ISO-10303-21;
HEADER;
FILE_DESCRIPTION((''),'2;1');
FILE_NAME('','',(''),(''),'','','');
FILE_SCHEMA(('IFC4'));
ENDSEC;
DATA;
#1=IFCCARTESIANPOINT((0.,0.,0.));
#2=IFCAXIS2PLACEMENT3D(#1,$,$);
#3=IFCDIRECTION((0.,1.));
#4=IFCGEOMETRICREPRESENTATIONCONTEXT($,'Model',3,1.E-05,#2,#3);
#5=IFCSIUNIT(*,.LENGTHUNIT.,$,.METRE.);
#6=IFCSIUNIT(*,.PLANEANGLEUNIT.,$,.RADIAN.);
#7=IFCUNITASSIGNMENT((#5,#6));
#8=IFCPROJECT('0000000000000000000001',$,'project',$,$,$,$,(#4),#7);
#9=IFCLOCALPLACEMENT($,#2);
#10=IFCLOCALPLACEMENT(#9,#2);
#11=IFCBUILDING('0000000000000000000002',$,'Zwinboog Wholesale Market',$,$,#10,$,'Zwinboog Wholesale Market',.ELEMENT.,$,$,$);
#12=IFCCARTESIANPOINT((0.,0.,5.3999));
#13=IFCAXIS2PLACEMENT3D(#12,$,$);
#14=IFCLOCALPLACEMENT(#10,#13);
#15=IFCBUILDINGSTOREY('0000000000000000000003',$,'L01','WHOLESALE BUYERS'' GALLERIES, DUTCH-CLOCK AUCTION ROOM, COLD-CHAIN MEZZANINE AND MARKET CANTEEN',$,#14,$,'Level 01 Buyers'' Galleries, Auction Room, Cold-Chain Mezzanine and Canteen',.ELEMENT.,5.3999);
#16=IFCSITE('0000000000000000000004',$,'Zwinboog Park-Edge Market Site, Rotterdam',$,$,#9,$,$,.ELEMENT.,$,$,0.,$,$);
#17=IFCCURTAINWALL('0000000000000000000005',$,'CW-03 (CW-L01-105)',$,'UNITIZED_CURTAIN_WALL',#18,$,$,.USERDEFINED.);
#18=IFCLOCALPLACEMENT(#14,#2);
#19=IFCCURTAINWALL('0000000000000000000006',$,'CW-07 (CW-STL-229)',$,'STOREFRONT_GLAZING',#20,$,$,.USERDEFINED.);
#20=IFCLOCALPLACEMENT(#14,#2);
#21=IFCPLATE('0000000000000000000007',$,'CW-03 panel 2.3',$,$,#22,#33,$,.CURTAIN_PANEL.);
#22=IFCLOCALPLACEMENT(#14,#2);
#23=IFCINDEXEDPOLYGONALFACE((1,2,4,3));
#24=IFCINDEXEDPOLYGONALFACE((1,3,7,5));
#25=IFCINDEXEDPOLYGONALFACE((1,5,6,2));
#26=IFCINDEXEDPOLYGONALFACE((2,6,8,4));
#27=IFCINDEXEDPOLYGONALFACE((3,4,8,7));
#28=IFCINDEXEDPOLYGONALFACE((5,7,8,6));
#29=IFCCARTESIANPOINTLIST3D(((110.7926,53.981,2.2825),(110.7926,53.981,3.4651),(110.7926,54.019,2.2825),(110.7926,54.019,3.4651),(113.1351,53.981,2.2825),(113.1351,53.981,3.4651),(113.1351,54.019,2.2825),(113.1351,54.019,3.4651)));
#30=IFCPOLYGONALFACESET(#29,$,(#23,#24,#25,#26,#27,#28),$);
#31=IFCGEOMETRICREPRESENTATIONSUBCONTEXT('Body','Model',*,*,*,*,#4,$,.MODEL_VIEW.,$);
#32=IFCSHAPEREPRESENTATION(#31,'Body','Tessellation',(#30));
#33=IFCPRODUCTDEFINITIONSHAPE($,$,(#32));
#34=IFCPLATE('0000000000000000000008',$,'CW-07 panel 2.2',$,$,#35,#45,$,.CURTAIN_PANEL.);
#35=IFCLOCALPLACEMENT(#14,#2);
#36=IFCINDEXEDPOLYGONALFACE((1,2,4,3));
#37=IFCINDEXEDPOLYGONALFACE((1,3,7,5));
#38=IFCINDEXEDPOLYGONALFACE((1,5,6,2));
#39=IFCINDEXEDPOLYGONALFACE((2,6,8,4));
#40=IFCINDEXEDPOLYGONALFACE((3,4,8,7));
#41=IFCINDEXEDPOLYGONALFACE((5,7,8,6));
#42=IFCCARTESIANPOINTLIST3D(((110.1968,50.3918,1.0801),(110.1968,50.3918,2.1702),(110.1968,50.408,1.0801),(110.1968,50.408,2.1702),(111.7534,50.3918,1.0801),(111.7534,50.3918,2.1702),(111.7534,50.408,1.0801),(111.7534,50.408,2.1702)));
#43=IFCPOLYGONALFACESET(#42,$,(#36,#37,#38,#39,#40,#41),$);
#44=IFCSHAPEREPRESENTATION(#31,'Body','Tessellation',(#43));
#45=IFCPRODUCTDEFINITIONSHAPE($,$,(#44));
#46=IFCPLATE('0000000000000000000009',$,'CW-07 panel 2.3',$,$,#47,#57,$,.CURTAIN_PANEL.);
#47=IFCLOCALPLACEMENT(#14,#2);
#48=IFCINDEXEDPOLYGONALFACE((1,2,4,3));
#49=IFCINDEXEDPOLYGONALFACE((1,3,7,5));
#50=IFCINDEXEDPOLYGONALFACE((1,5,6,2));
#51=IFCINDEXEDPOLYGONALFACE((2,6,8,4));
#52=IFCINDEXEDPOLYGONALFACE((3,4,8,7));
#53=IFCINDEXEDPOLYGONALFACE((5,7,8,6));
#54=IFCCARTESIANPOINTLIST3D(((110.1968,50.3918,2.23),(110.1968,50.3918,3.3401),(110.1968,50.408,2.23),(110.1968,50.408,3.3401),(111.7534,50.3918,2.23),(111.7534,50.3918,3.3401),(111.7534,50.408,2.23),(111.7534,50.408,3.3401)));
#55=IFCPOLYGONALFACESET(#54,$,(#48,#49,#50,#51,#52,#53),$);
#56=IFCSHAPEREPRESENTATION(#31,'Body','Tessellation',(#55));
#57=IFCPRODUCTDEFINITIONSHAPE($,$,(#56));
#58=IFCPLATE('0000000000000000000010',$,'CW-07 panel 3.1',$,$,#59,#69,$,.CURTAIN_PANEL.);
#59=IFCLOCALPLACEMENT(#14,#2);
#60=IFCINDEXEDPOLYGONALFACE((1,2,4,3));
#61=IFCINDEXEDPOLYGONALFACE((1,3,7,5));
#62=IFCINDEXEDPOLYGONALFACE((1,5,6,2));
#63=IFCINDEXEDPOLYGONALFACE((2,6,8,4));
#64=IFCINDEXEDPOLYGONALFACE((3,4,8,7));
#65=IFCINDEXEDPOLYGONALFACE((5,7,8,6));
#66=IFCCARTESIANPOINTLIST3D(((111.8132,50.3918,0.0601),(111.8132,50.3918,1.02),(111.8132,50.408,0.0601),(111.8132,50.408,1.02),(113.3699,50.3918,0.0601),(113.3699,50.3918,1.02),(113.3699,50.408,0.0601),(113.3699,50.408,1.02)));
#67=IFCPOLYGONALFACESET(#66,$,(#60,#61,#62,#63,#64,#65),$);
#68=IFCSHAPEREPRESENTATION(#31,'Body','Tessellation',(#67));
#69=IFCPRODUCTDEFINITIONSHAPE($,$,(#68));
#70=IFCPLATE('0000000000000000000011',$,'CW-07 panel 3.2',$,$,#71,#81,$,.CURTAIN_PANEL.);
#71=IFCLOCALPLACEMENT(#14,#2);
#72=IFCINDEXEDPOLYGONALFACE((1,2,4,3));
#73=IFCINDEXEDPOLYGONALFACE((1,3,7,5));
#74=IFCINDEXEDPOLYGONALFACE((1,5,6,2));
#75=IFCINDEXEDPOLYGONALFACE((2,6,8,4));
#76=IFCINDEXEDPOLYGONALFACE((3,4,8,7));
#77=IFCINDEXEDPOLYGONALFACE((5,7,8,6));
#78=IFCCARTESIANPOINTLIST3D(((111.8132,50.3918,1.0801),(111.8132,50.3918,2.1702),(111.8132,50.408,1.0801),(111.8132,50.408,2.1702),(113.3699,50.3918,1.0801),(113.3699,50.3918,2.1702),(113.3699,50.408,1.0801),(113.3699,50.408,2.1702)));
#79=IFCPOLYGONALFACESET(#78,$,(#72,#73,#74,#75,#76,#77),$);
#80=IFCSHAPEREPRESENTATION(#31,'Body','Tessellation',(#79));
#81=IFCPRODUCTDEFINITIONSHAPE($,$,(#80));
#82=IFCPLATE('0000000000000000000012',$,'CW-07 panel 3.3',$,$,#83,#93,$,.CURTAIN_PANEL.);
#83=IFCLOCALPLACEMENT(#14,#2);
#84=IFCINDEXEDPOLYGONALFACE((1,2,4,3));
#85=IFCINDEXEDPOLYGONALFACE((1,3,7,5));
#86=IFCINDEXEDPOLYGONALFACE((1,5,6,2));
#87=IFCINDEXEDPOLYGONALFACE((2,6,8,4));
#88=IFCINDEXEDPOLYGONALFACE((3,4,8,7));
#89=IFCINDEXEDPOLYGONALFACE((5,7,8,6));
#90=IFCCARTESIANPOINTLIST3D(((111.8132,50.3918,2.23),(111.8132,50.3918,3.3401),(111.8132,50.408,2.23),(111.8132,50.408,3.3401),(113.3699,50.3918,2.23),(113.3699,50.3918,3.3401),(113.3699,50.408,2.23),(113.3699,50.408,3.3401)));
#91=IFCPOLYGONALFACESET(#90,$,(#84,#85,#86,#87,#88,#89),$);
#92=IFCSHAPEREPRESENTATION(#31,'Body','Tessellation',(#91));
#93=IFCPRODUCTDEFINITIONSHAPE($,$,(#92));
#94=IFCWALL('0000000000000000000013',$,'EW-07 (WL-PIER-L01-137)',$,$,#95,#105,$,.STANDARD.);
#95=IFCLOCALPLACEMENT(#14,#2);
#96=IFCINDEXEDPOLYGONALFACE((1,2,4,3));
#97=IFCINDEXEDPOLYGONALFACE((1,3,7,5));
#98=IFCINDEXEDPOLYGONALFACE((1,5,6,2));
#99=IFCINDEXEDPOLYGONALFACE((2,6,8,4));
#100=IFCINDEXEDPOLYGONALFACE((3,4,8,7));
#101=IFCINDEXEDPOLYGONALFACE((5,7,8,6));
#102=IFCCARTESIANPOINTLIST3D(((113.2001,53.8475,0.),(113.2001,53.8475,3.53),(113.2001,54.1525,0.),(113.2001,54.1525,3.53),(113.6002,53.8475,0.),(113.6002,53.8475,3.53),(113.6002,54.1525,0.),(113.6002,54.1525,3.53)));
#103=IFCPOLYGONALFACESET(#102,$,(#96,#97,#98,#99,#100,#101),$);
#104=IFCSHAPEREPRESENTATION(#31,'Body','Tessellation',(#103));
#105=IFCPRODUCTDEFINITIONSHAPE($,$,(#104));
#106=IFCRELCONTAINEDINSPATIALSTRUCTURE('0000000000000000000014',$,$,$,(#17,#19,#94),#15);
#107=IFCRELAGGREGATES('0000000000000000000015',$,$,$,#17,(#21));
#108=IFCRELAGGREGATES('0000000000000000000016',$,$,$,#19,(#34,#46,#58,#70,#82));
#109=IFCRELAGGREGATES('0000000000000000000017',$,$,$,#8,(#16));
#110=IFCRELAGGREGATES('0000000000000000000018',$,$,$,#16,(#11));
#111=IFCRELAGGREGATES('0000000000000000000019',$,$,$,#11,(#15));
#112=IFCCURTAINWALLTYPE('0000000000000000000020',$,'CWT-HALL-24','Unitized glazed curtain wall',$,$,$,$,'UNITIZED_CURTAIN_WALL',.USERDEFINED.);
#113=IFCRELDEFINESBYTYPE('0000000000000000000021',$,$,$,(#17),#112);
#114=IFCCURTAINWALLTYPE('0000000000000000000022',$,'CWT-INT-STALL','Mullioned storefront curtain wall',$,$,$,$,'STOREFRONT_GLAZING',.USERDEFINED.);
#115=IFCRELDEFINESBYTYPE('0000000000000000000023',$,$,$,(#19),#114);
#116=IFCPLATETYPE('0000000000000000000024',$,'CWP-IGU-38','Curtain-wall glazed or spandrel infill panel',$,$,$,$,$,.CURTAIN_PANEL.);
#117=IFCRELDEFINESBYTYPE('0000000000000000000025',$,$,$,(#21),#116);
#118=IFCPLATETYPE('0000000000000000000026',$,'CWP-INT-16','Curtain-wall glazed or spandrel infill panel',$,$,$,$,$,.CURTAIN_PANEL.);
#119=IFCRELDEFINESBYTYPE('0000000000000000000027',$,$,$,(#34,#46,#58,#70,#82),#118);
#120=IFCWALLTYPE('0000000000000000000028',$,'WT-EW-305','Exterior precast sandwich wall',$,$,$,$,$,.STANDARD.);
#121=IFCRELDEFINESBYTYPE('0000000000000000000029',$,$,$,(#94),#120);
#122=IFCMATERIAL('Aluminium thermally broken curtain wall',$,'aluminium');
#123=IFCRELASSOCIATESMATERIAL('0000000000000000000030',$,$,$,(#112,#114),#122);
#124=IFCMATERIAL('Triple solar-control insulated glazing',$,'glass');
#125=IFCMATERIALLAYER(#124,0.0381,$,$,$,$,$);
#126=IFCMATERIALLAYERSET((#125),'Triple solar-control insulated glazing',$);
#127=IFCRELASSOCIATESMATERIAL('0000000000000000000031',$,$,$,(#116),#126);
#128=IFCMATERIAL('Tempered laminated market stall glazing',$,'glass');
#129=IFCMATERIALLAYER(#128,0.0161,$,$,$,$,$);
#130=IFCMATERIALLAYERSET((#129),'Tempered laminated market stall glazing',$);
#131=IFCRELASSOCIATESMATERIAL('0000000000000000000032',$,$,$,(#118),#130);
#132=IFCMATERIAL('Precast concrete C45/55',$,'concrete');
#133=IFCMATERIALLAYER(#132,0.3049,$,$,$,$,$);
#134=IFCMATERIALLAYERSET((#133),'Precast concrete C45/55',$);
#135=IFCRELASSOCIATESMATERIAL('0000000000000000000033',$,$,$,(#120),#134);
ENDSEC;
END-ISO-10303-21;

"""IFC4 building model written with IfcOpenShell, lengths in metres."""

from ifc_helpers import new_model, si_unit, direction, frame, frame_2d, origin, origin_2d, place, context, subcontext, project, spatial, rectangle, extrude, material, layer, layer_set, type_object, element, aggregate, save


model = new_model("IFC4")

# Units and contexts
model_context = context("Model", 3, precision=1e-05, world=origin(), true_north=direction((0.0, 1.0)))
body_context = subcontext(model_context, "Body", "Model", "MODEL_VIEW")
ifc_project = project(units=[si_unit("LENGTHUNIT", "METRE"), si_unit("PLANEANGLEUNIT", "RADIAN")], contexts=[model_context])

# Site, building, storey
site_placement = place(None, origin())
site = spatial("IfcSite", under=ifc_project, at=site_placement, Name="Zwinboog Park-Edge Market Site, Rotterdam", CompositionType="ELEMENT", RefElevation=0.0)
building_placement = place(site_placement, origin())
building = spatial("IfcBuilding", under=site, at=building_placement, Name="Zwinboog Wholesale Market", LongName="Zwinboog Wholesale Market", CompositionType="ELEMENT")
storey_placement = place(building_placement, frame((0.0, 0.0, 5.3999)))
storey = spatial("IfcBuildingStorey", under=building, at=storey_placement, Name="L01", Description="WHOLESALE BUYERS' GALLERIES, DUTCH-CLOCK AUCTION ROOM, COLD-CHAIN MEZZANINE AND MARKET CANTEEN", LongName="Level 01 Buyers' Galleries, Auction Room, Cold-Chain Mezzanine and Canteen", CompositionType="ELEMENT", Elevation=5.3999)

# Curtain wall
ifc_material_1 = material(Name="Aluminium thermally broken curtain wall", Category="aluminium")
curtain_wall_type_1 = type_object("IfcCurtainWallType", Name="CWT-HALL-24", Description="Unitized glazed curtain wall", ElementType="UNITIZED_CURTAIN_WALL", PredefinedType="USERDEFINED", material=ifc_material_1)
curtain_wall_1_placement = place(storey_placement, origin())
curtain_wall_1 = element("IfcCurtainWall", 1, at=curtain_wall_1_placement, inside=storey, type_object=curtain_wall_type_1, Name="CW-03 (CW-L01-105)", ObjectType="UNITIZED_CURTAIN_WALL", PredefinedType="USERDEFINED")

# Curtain wall
curtain_wall_type_2 = type_object("IfcCurtainWallType", Name="CWT-INT-STALL", Description="Mullioned storefront curtain wall", ElementType="STOREFRONT_GLAZING", PredefinedType="USERDEFINED", material=ifc_material_1)
curtain_wall_2_placement = place(storey_placement, origin())
curtain_wall_2 = element("IfcCurtainWall", 2, at=curtain_wall_2_placement, inside=storey, type_object=curtain_wall_type_2, Name="CW-07 (CW-STL-229)", ObjectType="STOREFRONT_GLAZING", PredefinedType="USERDEFINED")

# Plates
ifc_material_2 = material(Name="Triple solar-control insulated glazing", Category="glass")
ifc_layer_1 = layer(ifc_material_2, 0.0381)
ifc_layer_set_1 = layer_set([ifc_layer_1], Name="Triple solar-control insulated glazing")
plate_type_1 = type_object("IfcPlateType", Name="CWP-IGU-38", Description="Curtain-wall glazed or spandrel infill panel", PredefinedType="CURTAIN_PANEL", material=ifc_layer_set_1)
plate_1_placement = place(storey_placement, frame((111.9639, 54.0, 2.2825), z_axis=(0.0, 0.0, 1.0), x_axis=(1.0, 0.0, 0.0)))
plate_1 = element("IfcPlate", 3, at=plate_1_placement, type_object=plate_type_1, Name="CW-03 panel 2.3", PredefinedType="CURTAIN_PANEL", context=body_context, shape_type="SweptSolid", body=[
    extrude(rectangle(XDim=2.3425, YDim=0.0381, at=origin_2d()), origin(), (0.0, 0.0, 1.0), 1.1826),
])
aggregate(curtain_wall_1, [plate_1])
ifc_material_3 = material(Name="Tempered laminated market stall glazing", Category="glass")
ifc_layer_2 = layer(ifc_material_3, 0.0161)
ifc_layer_set_2 = layer_set([ifc_layer_2], Name="Tempered laminated market stall glazing")
plate_type_2 = type_object("IfcPlateType", Name="CWP-INT-16", Description="Curtain-wall glazed or spandrel infill panel", PredefinedType="CURTAIN_PANEL", material=ifc_layer_set_2)
plate_2_placement = place(storey_placement, frame((110.9751, 50.3999, 1.0801), z_axis=(0.0, 0.0, 1.0), x_axis=(1.0, 0.0, 0.0)))
plate_2 = element("IfcPlate", 4, at=plate_2_placement, type_object=plate_type_2, Name="CW-07 panel 2.2", PredefinedType="CURTAIN_PANEL", context=body_context, shape_type="SweptSolid", body=[
    extrude(rectangle(XDim=1.5566, YDim=0.0161, at=origin_2d()), origin(), (0.0, 0.0, 1.0), 1.0901),
])
plate_3_placement = place(storey_placement, frame((110.9751, 50.3999, 2.23), z_axis=(0.0, 0.0, 1.0), x_axis=(1.0, 0.0, 0.0)))
plate_3 = element("IfcPlate", 5, at=plate_3_placement, type_object=plate_type_2, Name="CW-07 panel 2.3", PredefinedType="CURTAIN_PANEL", context=body_context, shape_type="SweptSolid", body=[
    extrude(rectangle(XDim=1.5566, YDim=0.0161, at=origin_2d()), origin(), (0.0, 0.0, 1.0), 1.1101),
])
plate_4_placement = place(storey_placement, frame((112.5916, 50.3999, 0.0601), z_axis=(0.0, 0.0, 1.0), x_axis=(1.0, 0.0, 0.0)))
plate_4 = element("IfcPlate", 6, at=plate_4_placement, type_object=plate_type_2, Name="CW-07 panel 3.1", PredefinedType="CURTAIN_PANEL", context=body_context, shape_type="SweptSolid", body=[
    extrude(rectangle(XDim=1.5566, YDim=0.0161, at=origin_2d()), origin(), (0.0, 0.0, 1.0), 0.96),
])
plate_5_placement = place(storey_placement, frame((112.5916, 50.3999, 1.0801), z_axis=(0.0, 0.0, 1.0), x_axis=(1.0, 0.0, 0.0)))
plate_5 = element("IfcPlate", 7, at=plate_5_placement, type_object=plate_type_2, Name="CW-07 panel 3.2", PredefinedType="CURTAIN_PANEL", context=body_context, shape_type="SweptSolid", body=[
    extrude(rectangle(XDim=1.5566, YDim=0.0161, at=origin_2d()), origin(), (0.0, 0.0, 1.0), 1.0901),
])
plate_6_placement = place(storey_placement, frame((112.5916, 50.3999, 2.23), z_axis=(0.0, 0.0, 1.0), x_axis=(1.0, 0.0, 0.0)))
plate_6 = element("IfcPlate", 8, at=plate_6_placement, type_object=plate_type_2, Name="CW-07 panel 3.3", PredefinedType="CURTAIN_PANEL", context=body_context, shape_type="SweptSolid", body=[
    extrude(rectangle(XDim=1.5566, YDim=0.0161, at=origin_2d()), origin(), (0.0, 0.0, 1.0), 1.1101),
])
aggregate(curtain_wall_2, [plate_2, plate_3, plate_4, plate_5, plate_6])

# Wall
ifc_material_4 = material(Name="Precast concrete C45/55", Category="concrete")
ifc_layer_3 = layer(ifc_material_4, 0.3049)
ifc_layer_set_3 = layer_set([ifc_layer_3], Name="Precast concrete C45/55")
wall_type = type_object("IfcWallType", Name="WT-EW-305", Description="Exterior precast sandwich wall", PredefinedType="STANDARD", material=ifc_layer_set_3)
wall_placement = place(storey_placement, frame((113.2, 54.0, 0.0), z_axis=(0.0, 0.0, 1.0), x_axis=(1.0, 0.0, 0.0)))
element("IfcWall", 9, at=wall_placement, inside=storey, type_object=wall_type, Name="EW-07 (WL-PIER-L01-137)", PredefinedType="STANDARD", context=body_context, shape_type="SweptSolid", body=[
    extrude(rectangle(XDim=0.4001, YDim=0.3049, at=frame_2d((0.2002, 0.0))), origin(), (0.0, 0.0, 1.0), 3.53),
])

save(model, "model.ifc")
